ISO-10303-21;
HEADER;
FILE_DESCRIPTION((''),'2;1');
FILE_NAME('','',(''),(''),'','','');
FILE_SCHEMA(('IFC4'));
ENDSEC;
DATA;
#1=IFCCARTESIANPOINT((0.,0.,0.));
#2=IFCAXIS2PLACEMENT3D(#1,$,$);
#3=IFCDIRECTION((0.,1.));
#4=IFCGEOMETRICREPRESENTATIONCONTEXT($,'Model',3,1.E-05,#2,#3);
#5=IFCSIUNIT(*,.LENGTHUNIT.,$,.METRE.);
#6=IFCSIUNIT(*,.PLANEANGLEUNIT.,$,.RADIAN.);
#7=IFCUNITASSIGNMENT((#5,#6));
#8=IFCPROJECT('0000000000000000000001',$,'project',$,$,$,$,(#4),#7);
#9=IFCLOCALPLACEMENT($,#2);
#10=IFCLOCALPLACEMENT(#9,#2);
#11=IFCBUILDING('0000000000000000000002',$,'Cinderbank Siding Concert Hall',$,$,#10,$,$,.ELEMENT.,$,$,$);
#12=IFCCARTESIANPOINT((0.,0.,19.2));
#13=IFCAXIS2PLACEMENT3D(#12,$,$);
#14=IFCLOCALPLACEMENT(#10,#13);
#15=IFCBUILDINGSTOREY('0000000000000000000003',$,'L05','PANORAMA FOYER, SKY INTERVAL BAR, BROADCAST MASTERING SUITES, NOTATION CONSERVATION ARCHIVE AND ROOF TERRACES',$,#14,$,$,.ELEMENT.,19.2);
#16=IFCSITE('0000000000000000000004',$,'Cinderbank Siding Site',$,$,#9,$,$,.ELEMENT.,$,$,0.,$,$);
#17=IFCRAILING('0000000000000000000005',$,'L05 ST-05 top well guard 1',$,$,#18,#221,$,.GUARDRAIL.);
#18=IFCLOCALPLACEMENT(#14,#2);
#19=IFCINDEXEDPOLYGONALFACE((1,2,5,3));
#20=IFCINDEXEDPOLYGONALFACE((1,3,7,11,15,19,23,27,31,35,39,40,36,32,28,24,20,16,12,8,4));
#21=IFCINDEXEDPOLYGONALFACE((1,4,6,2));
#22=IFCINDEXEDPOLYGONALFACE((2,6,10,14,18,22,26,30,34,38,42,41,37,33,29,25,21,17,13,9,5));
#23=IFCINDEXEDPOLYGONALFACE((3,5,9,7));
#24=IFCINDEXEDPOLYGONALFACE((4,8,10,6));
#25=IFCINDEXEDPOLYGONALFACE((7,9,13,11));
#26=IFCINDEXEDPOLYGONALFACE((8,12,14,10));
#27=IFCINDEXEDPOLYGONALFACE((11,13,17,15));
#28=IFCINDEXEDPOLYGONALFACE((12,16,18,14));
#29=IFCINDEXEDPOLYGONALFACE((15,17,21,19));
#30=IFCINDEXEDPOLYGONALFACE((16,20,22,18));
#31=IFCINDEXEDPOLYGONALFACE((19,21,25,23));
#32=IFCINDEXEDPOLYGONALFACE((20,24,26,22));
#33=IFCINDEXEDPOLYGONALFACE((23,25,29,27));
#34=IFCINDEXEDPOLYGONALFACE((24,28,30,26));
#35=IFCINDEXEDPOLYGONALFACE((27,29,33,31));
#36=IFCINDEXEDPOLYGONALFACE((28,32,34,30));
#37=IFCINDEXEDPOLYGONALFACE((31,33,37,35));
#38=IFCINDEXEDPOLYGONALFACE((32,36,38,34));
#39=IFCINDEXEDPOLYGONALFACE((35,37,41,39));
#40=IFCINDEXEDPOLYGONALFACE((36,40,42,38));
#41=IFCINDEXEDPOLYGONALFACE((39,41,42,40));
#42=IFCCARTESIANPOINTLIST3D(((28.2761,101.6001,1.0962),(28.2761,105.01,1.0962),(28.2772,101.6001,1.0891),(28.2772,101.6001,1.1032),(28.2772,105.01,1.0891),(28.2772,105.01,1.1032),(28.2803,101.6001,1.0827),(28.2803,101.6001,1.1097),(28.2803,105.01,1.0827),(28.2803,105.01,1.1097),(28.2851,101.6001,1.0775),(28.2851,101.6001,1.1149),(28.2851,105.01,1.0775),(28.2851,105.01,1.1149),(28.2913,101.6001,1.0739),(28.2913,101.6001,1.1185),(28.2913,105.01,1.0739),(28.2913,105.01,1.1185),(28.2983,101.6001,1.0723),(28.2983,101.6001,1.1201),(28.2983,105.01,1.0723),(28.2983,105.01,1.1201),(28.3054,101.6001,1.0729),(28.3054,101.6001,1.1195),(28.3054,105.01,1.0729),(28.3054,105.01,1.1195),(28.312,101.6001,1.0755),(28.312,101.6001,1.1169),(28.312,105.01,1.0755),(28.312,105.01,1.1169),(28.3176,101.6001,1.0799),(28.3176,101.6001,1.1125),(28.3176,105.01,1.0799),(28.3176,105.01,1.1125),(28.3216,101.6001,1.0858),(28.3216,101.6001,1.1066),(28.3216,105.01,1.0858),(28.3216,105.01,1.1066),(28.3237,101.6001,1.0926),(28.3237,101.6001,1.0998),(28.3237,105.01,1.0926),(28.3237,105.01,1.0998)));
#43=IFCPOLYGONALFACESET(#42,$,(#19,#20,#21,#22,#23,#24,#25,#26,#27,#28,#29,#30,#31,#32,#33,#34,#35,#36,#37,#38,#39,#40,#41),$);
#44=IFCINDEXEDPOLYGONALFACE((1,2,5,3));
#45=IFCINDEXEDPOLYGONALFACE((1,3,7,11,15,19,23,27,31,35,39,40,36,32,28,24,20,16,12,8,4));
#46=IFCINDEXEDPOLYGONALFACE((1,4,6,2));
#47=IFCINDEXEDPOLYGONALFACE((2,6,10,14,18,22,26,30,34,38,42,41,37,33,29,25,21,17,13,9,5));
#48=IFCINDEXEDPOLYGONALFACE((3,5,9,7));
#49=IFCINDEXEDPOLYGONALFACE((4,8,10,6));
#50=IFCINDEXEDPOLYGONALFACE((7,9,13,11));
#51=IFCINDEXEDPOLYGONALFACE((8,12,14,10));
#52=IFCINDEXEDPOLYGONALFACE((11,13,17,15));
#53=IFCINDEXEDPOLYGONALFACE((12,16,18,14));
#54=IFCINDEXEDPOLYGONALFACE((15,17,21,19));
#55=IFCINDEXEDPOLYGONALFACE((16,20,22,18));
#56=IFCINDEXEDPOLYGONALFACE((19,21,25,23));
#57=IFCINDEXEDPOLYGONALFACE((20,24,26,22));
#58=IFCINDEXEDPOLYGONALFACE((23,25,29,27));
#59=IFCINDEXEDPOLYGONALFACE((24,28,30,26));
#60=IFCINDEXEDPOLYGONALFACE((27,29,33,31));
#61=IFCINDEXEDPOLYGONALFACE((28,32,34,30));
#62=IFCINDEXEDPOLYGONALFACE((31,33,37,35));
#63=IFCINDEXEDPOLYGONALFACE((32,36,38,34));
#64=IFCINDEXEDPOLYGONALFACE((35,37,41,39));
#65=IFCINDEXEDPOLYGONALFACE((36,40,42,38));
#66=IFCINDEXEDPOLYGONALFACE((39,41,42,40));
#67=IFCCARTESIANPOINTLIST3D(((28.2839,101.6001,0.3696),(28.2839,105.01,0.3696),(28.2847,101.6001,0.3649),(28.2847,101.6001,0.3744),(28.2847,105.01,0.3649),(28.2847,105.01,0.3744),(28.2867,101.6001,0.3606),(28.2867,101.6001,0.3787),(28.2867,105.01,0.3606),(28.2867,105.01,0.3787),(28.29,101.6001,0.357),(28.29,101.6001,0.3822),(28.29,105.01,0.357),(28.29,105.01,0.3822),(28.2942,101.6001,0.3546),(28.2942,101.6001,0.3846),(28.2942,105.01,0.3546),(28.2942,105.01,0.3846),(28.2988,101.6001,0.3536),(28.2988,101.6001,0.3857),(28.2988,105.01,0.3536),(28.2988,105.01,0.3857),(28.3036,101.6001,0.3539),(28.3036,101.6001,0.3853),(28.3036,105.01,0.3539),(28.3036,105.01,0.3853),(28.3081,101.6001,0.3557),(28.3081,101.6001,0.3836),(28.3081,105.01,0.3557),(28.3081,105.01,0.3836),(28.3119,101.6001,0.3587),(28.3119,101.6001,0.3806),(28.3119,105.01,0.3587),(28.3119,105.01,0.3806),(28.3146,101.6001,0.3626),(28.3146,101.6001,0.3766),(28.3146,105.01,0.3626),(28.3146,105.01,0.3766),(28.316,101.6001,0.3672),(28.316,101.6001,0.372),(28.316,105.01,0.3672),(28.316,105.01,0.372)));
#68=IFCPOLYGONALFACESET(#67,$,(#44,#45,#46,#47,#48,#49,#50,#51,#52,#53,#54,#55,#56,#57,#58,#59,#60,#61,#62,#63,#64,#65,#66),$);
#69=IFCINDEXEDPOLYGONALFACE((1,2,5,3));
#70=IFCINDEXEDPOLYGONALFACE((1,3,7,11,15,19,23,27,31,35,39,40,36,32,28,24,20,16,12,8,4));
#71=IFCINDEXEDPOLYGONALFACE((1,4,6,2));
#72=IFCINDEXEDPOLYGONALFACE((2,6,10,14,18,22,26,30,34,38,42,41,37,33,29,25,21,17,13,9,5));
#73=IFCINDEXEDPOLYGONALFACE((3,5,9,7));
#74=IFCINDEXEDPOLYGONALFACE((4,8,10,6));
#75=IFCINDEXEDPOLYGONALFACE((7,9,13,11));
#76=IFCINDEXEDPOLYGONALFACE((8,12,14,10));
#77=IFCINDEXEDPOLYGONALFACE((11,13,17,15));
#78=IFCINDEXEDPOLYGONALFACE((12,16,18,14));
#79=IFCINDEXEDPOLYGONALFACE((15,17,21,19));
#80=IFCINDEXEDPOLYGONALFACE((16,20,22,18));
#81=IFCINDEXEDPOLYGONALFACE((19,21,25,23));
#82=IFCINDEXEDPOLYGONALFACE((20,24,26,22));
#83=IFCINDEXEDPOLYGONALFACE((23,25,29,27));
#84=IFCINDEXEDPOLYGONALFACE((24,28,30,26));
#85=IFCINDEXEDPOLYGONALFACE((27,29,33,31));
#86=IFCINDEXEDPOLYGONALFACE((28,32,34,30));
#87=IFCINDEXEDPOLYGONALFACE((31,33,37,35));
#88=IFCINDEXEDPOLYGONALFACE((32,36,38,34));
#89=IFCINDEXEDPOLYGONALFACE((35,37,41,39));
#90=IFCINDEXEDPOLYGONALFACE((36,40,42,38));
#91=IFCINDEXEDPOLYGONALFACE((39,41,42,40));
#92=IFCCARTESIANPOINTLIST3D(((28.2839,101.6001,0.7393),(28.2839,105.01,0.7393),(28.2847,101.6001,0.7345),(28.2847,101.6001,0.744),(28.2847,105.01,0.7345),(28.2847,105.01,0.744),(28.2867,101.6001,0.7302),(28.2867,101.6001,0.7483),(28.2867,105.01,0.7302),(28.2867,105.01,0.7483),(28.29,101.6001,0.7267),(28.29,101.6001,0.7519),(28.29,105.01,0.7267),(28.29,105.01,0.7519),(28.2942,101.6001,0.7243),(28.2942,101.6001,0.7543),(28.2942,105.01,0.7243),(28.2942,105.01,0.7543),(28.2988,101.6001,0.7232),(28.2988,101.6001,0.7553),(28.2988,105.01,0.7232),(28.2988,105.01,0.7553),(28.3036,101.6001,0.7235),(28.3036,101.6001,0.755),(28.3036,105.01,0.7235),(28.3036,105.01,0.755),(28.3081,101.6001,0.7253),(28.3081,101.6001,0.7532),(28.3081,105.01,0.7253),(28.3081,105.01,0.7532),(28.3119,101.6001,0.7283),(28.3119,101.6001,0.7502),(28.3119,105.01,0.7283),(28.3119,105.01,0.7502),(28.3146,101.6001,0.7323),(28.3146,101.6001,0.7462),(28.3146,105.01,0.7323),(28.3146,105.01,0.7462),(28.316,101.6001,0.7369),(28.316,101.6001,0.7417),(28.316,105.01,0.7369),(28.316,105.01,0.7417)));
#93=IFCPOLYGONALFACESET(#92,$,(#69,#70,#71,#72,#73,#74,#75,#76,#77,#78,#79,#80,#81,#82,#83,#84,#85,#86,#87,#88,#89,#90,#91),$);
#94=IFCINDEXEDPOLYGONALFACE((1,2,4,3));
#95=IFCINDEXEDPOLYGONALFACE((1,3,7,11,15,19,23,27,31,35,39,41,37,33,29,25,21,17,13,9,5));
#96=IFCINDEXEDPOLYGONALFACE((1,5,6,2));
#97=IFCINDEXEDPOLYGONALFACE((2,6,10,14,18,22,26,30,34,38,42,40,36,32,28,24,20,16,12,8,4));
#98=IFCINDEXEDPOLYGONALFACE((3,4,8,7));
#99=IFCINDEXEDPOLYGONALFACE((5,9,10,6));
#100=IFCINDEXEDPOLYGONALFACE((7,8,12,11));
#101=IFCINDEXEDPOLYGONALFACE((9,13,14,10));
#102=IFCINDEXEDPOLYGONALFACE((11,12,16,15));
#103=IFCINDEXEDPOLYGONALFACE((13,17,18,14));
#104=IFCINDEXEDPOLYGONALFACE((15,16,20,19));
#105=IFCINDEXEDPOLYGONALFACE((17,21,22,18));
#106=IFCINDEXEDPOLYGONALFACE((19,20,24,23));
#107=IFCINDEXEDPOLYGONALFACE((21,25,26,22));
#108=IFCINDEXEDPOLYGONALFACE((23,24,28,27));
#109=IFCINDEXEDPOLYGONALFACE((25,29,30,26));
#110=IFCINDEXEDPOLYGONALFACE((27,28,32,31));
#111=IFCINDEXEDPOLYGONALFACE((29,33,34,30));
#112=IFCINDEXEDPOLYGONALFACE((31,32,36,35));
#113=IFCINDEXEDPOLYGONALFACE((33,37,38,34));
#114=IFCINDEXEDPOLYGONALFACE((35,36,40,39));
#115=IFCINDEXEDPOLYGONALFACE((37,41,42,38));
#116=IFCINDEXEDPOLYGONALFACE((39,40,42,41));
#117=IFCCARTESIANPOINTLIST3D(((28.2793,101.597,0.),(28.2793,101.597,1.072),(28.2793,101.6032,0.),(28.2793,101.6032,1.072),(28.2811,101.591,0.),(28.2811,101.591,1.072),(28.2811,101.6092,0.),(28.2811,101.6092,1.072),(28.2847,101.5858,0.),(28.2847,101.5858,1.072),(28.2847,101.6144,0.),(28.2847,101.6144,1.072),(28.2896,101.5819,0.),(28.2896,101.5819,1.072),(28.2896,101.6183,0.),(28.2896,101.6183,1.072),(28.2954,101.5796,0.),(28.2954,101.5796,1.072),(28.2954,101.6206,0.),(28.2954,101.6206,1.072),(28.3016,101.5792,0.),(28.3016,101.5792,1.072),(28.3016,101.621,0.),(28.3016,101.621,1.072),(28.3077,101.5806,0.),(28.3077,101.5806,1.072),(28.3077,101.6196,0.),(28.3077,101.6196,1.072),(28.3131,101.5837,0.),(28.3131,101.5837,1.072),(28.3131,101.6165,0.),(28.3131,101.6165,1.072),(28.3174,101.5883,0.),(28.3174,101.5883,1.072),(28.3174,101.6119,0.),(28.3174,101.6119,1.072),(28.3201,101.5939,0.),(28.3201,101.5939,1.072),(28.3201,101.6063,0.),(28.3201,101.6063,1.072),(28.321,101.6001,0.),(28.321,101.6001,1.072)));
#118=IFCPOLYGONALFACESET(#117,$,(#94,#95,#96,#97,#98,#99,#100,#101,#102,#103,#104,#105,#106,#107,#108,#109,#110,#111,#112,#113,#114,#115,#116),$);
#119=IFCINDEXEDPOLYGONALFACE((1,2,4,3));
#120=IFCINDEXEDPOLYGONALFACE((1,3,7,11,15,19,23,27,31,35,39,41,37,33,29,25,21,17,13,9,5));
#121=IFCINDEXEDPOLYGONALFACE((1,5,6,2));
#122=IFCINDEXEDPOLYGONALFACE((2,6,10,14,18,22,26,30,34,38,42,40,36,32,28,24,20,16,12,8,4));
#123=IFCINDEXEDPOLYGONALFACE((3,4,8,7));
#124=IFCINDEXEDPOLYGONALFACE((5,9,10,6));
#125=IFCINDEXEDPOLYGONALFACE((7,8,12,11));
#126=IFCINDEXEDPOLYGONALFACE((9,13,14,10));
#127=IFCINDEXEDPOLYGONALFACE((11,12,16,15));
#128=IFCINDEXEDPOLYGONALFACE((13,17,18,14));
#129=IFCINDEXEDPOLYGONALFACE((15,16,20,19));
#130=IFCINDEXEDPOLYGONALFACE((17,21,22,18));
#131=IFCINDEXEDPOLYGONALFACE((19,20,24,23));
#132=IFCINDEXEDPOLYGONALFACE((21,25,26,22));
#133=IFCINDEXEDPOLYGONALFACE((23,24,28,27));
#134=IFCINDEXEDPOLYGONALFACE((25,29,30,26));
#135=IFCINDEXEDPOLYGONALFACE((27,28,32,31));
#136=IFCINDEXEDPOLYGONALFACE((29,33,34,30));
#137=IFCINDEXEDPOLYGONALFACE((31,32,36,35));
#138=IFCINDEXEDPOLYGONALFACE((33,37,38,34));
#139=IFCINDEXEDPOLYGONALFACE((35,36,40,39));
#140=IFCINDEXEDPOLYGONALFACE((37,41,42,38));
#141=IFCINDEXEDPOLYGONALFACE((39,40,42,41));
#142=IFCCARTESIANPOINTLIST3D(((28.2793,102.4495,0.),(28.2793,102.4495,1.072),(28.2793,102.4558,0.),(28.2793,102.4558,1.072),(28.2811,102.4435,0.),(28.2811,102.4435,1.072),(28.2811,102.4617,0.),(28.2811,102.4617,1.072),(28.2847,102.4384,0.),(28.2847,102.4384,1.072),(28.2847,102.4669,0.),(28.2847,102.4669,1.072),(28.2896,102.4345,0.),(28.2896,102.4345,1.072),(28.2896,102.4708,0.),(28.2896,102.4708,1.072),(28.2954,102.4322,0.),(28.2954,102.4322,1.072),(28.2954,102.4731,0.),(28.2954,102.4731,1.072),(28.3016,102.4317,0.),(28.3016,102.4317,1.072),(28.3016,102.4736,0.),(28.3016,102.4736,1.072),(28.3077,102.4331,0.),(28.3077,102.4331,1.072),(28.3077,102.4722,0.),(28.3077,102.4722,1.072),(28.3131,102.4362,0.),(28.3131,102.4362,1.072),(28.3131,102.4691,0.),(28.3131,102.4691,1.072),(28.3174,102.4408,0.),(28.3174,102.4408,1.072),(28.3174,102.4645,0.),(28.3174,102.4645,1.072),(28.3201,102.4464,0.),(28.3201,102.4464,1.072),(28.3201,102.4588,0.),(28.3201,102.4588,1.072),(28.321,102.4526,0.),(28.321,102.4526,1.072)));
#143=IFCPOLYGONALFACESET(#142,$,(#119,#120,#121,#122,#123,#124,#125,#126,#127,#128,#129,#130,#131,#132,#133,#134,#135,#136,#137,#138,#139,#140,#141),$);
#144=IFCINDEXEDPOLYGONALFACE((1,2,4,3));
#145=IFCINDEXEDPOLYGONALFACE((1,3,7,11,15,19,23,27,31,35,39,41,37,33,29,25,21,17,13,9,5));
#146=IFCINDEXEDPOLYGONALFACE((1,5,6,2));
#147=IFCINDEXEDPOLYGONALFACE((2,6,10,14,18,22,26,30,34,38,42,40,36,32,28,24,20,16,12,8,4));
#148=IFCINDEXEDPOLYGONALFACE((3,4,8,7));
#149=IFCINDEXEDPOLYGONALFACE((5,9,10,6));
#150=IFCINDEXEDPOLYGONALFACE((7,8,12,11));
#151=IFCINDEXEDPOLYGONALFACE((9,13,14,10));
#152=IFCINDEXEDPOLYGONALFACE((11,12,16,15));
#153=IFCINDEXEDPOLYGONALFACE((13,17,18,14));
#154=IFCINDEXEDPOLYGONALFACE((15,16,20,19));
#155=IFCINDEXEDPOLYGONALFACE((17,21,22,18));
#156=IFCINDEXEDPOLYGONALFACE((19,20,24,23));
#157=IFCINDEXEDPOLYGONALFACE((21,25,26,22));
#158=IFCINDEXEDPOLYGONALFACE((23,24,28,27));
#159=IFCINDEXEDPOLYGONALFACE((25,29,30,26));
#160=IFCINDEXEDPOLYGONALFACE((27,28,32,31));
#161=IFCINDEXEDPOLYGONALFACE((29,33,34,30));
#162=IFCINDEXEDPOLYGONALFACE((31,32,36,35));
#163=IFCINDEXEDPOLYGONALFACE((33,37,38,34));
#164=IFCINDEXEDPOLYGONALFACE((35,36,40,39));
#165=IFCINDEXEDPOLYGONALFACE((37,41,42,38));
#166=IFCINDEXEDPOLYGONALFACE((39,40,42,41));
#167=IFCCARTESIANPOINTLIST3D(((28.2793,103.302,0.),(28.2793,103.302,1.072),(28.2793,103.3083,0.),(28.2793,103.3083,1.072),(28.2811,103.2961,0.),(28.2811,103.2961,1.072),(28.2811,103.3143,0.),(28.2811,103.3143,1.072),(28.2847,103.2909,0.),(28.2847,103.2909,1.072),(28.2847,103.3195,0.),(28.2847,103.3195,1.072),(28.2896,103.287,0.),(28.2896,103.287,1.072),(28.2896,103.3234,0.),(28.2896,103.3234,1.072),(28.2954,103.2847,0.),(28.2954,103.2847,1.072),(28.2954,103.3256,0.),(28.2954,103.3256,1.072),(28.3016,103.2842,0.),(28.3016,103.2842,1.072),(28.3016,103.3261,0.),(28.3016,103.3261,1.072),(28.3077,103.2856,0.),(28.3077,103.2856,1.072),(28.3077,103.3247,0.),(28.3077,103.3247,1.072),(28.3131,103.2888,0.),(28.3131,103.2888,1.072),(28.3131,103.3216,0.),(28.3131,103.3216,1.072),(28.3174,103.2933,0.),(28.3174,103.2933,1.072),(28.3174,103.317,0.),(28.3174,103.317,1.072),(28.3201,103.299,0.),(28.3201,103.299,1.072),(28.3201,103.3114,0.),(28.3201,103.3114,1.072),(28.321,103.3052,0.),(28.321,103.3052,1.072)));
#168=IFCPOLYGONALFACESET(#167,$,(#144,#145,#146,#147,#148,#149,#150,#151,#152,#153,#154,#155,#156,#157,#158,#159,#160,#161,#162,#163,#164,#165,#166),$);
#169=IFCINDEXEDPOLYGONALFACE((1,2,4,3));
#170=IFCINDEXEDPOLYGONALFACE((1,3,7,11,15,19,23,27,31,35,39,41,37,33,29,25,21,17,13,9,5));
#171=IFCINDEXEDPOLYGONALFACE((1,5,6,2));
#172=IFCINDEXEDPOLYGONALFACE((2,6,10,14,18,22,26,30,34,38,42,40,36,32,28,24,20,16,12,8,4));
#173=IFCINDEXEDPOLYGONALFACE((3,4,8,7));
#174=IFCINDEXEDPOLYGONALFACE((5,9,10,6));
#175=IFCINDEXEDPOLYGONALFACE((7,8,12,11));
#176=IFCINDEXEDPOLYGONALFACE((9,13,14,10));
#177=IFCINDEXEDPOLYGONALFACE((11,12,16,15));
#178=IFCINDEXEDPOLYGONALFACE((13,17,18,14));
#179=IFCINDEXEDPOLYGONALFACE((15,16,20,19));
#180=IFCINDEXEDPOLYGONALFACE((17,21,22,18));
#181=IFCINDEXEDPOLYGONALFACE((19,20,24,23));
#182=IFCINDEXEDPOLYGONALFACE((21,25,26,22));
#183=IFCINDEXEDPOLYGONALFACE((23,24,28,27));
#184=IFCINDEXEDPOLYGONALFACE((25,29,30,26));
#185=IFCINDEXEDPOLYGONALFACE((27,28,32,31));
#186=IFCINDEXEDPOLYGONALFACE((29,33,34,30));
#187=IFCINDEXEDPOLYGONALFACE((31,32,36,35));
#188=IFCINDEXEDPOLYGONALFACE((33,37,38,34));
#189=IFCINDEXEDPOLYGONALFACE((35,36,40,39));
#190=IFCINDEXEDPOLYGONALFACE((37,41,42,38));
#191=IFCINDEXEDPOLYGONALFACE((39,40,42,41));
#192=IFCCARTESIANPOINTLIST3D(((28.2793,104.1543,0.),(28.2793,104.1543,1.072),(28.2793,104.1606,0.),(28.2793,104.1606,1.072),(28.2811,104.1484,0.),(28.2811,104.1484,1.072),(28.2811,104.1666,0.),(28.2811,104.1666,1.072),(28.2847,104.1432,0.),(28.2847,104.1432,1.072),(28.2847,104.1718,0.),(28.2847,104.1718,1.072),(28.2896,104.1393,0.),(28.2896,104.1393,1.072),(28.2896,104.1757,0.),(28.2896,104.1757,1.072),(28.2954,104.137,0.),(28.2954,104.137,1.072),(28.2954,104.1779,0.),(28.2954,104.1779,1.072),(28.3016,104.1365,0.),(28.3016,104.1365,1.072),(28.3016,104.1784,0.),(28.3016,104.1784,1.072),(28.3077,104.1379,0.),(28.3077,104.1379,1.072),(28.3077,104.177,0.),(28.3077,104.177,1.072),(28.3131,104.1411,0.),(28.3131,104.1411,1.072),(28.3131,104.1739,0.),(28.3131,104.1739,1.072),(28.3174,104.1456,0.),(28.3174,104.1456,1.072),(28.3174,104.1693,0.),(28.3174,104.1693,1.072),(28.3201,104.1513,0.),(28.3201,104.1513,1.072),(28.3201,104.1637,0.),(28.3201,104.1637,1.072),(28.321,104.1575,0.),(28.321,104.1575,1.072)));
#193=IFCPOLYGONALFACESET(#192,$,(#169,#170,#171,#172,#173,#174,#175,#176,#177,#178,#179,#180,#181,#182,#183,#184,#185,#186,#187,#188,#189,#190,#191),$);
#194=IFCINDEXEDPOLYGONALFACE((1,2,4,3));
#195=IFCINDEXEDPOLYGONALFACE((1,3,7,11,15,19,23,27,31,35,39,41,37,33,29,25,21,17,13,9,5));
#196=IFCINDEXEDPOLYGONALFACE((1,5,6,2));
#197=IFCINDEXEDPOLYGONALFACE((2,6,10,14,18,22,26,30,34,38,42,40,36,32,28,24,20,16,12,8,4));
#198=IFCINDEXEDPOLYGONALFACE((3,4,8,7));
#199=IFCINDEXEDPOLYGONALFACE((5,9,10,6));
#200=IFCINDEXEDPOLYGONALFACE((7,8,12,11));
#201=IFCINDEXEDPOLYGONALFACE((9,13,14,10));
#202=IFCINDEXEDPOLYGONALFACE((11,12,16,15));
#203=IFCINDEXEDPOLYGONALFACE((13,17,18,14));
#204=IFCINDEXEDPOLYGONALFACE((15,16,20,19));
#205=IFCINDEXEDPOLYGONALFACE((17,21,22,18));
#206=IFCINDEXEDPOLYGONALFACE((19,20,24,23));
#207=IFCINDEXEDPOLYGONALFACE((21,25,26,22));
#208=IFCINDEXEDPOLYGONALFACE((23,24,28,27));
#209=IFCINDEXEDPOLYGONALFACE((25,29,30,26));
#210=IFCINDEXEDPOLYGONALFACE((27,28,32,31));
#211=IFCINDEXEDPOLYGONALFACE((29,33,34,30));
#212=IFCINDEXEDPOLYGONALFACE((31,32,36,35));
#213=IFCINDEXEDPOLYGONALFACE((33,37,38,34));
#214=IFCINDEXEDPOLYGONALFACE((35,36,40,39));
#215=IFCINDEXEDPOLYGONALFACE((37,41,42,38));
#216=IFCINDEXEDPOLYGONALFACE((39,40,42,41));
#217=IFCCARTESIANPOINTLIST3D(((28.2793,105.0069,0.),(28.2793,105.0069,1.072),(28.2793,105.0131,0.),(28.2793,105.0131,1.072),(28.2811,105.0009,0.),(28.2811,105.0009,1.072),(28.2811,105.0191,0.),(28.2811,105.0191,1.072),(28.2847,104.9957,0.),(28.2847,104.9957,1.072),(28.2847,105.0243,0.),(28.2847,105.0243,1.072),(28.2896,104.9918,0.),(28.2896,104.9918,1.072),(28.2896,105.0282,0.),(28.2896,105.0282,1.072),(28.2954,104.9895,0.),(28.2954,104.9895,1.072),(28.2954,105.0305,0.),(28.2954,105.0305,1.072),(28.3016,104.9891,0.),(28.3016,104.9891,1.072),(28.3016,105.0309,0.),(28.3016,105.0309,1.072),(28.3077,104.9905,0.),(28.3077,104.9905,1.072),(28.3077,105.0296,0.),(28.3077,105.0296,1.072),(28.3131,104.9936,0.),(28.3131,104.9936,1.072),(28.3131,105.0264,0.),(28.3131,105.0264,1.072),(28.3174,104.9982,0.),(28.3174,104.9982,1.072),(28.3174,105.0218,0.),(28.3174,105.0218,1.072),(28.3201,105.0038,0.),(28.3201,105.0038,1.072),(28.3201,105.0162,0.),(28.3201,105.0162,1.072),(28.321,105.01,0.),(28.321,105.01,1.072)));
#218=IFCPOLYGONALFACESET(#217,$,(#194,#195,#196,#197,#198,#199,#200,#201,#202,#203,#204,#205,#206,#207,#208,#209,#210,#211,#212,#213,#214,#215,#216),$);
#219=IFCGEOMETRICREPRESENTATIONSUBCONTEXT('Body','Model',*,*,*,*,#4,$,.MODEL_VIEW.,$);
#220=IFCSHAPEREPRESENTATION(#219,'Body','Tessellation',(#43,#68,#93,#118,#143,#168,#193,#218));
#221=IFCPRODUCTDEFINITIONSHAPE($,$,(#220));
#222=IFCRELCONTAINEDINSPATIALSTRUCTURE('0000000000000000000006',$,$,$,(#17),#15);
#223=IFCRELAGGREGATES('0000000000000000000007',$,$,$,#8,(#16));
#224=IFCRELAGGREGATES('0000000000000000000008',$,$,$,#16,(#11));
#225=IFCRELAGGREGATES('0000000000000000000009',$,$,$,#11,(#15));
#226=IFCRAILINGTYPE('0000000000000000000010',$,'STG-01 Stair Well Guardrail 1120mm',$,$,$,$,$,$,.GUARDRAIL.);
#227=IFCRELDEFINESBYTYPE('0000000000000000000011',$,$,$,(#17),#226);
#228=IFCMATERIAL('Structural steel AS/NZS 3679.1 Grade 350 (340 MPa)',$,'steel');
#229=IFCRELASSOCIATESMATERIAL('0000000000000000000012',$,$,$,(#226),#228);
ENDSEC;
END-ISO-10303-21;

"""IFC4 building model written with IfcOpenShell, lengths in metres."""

from ifc_helpers import new_model, si_unit, direction, frame, origin, origin_2d, place, context, subcontext, project, spatial, circle, extrude, material, type_object, element, save


model = new_model("IFC4")

# Units and contexts
model_context = context("Model", 3, precision=1e-05, world=origin(), true_north=direction((0.0, 1.0)))
body_context = subcontext(model_context, "Body", "Model", "MODEL_VIEW")
ifc_project = project(units=[si_unit("LENGTHUNIT", "METRE"), si_unit("PLANEANGLEUNIT", "RADIAN")], contexts=[model_context])

# Site, building, storey
site_placement = place(None, origin())
site = spatial("IfcSite", under=ifc_project, at=site_placement, Name="Cinderbank Siding Site", CompositionType="ELEMENT", RefElevation=0.0)
building_placement = place(site_placement, origin())
building = spatial("IfcBuilding", under=site, at=building_placement, Name="Cinderbank Siding Concert Hall", CompositionType="ELEMENT")
storey_placement = place(building_placement, frame((0.0, 0.0, 19.2)))
storey = spatial("IfcBuildingStorey", under=building, at=storey_placement, Name="L05", Description="PANORAMA FOYER, SKY INTERVAL BAR, BROADCAST MASTERING SUITES, NOTATION CONSERVATION ARCHIVE AND ROOF TERRACES", CompositionType="ELEMENT", Elevation=19.2)

# Railing
ifc_material_1 = material(Name="Structural steel AS/NZS 3679.1 Grade 350 (340 MPa)", Category="steel")
railing_type_1 = type_object("IfcRailingType", Name="STG-01 Stair Well Guardrail 1120mm", PredefinedType="GUARDRAIL", material=ifc_material_1)
railing_1_placement = place(storey_placement, frame((28.3, 101.6001, 0.0)))
element("IfcRailing", 1, at=railing_1_placement, inside=storey, type_object=railing_type_1, Name="L05 ST-05 top well guard 1", PredefinedType="GUARDRAIL", context=body_context, shape_type="SweptSolid", body=[
    extrude(circle(Radius=0.0239, at=origin_2d()), frame((0.0, 0.0, 1.0962), z_axis=(0.0, 1.0, 0.0), x_axis=(-1.0, 0.0, 0.0)), (0.0, 0.0, 1.0), 3.4099),
    extrude(circle(Radius=0.0161, at=origin_2d()), frame((0.0, 0.0, 0.3696), z_axis=(0.0, 1.0, 0.0), x_axis=(-1.0, 0.0, 0.0)), (0.0, 0.0, 1.0), 3.4099),
    extrude(circle(Radius=0.0161, at=origin_2d()), frame((0.0, 0.0, 0.7393), z_axis=(0.0, 1.0, 0.0), x_axis=(-1.0, 0.0, 0.0)), (0.0, 0.0, 1.0), 3.4099),
    extrude(circle(Radius=0.021, at=origin_2d()), origin(), (0.0, 0.0, 1.0), 1.072),
    extrude(circle(Radius=0.021, at=origin_2d()), frame((0.0, 0.8525, 0.0)), (0.0, 0.0, 1.0), 1.072),
    extrude(circle(Radius=0.021, at=origin_2d()), frame((0.0, 1.7051, 0.0)), (0.0, 0.0, 1.0), 1.072),
    extrude(circle(Radius=0.021, at=origin_2d()), frame((0.0, 2.5574, 0.0)), (0.0, 0.0, 1.0), 1.072),
    extrude(circle(Radius=0.021, at=origin_2d()), frame((0.0, 3.4099, 0.0)), (0.0, 0.0, 1.0), 1.072),
])

save(model, "model.ifc")
